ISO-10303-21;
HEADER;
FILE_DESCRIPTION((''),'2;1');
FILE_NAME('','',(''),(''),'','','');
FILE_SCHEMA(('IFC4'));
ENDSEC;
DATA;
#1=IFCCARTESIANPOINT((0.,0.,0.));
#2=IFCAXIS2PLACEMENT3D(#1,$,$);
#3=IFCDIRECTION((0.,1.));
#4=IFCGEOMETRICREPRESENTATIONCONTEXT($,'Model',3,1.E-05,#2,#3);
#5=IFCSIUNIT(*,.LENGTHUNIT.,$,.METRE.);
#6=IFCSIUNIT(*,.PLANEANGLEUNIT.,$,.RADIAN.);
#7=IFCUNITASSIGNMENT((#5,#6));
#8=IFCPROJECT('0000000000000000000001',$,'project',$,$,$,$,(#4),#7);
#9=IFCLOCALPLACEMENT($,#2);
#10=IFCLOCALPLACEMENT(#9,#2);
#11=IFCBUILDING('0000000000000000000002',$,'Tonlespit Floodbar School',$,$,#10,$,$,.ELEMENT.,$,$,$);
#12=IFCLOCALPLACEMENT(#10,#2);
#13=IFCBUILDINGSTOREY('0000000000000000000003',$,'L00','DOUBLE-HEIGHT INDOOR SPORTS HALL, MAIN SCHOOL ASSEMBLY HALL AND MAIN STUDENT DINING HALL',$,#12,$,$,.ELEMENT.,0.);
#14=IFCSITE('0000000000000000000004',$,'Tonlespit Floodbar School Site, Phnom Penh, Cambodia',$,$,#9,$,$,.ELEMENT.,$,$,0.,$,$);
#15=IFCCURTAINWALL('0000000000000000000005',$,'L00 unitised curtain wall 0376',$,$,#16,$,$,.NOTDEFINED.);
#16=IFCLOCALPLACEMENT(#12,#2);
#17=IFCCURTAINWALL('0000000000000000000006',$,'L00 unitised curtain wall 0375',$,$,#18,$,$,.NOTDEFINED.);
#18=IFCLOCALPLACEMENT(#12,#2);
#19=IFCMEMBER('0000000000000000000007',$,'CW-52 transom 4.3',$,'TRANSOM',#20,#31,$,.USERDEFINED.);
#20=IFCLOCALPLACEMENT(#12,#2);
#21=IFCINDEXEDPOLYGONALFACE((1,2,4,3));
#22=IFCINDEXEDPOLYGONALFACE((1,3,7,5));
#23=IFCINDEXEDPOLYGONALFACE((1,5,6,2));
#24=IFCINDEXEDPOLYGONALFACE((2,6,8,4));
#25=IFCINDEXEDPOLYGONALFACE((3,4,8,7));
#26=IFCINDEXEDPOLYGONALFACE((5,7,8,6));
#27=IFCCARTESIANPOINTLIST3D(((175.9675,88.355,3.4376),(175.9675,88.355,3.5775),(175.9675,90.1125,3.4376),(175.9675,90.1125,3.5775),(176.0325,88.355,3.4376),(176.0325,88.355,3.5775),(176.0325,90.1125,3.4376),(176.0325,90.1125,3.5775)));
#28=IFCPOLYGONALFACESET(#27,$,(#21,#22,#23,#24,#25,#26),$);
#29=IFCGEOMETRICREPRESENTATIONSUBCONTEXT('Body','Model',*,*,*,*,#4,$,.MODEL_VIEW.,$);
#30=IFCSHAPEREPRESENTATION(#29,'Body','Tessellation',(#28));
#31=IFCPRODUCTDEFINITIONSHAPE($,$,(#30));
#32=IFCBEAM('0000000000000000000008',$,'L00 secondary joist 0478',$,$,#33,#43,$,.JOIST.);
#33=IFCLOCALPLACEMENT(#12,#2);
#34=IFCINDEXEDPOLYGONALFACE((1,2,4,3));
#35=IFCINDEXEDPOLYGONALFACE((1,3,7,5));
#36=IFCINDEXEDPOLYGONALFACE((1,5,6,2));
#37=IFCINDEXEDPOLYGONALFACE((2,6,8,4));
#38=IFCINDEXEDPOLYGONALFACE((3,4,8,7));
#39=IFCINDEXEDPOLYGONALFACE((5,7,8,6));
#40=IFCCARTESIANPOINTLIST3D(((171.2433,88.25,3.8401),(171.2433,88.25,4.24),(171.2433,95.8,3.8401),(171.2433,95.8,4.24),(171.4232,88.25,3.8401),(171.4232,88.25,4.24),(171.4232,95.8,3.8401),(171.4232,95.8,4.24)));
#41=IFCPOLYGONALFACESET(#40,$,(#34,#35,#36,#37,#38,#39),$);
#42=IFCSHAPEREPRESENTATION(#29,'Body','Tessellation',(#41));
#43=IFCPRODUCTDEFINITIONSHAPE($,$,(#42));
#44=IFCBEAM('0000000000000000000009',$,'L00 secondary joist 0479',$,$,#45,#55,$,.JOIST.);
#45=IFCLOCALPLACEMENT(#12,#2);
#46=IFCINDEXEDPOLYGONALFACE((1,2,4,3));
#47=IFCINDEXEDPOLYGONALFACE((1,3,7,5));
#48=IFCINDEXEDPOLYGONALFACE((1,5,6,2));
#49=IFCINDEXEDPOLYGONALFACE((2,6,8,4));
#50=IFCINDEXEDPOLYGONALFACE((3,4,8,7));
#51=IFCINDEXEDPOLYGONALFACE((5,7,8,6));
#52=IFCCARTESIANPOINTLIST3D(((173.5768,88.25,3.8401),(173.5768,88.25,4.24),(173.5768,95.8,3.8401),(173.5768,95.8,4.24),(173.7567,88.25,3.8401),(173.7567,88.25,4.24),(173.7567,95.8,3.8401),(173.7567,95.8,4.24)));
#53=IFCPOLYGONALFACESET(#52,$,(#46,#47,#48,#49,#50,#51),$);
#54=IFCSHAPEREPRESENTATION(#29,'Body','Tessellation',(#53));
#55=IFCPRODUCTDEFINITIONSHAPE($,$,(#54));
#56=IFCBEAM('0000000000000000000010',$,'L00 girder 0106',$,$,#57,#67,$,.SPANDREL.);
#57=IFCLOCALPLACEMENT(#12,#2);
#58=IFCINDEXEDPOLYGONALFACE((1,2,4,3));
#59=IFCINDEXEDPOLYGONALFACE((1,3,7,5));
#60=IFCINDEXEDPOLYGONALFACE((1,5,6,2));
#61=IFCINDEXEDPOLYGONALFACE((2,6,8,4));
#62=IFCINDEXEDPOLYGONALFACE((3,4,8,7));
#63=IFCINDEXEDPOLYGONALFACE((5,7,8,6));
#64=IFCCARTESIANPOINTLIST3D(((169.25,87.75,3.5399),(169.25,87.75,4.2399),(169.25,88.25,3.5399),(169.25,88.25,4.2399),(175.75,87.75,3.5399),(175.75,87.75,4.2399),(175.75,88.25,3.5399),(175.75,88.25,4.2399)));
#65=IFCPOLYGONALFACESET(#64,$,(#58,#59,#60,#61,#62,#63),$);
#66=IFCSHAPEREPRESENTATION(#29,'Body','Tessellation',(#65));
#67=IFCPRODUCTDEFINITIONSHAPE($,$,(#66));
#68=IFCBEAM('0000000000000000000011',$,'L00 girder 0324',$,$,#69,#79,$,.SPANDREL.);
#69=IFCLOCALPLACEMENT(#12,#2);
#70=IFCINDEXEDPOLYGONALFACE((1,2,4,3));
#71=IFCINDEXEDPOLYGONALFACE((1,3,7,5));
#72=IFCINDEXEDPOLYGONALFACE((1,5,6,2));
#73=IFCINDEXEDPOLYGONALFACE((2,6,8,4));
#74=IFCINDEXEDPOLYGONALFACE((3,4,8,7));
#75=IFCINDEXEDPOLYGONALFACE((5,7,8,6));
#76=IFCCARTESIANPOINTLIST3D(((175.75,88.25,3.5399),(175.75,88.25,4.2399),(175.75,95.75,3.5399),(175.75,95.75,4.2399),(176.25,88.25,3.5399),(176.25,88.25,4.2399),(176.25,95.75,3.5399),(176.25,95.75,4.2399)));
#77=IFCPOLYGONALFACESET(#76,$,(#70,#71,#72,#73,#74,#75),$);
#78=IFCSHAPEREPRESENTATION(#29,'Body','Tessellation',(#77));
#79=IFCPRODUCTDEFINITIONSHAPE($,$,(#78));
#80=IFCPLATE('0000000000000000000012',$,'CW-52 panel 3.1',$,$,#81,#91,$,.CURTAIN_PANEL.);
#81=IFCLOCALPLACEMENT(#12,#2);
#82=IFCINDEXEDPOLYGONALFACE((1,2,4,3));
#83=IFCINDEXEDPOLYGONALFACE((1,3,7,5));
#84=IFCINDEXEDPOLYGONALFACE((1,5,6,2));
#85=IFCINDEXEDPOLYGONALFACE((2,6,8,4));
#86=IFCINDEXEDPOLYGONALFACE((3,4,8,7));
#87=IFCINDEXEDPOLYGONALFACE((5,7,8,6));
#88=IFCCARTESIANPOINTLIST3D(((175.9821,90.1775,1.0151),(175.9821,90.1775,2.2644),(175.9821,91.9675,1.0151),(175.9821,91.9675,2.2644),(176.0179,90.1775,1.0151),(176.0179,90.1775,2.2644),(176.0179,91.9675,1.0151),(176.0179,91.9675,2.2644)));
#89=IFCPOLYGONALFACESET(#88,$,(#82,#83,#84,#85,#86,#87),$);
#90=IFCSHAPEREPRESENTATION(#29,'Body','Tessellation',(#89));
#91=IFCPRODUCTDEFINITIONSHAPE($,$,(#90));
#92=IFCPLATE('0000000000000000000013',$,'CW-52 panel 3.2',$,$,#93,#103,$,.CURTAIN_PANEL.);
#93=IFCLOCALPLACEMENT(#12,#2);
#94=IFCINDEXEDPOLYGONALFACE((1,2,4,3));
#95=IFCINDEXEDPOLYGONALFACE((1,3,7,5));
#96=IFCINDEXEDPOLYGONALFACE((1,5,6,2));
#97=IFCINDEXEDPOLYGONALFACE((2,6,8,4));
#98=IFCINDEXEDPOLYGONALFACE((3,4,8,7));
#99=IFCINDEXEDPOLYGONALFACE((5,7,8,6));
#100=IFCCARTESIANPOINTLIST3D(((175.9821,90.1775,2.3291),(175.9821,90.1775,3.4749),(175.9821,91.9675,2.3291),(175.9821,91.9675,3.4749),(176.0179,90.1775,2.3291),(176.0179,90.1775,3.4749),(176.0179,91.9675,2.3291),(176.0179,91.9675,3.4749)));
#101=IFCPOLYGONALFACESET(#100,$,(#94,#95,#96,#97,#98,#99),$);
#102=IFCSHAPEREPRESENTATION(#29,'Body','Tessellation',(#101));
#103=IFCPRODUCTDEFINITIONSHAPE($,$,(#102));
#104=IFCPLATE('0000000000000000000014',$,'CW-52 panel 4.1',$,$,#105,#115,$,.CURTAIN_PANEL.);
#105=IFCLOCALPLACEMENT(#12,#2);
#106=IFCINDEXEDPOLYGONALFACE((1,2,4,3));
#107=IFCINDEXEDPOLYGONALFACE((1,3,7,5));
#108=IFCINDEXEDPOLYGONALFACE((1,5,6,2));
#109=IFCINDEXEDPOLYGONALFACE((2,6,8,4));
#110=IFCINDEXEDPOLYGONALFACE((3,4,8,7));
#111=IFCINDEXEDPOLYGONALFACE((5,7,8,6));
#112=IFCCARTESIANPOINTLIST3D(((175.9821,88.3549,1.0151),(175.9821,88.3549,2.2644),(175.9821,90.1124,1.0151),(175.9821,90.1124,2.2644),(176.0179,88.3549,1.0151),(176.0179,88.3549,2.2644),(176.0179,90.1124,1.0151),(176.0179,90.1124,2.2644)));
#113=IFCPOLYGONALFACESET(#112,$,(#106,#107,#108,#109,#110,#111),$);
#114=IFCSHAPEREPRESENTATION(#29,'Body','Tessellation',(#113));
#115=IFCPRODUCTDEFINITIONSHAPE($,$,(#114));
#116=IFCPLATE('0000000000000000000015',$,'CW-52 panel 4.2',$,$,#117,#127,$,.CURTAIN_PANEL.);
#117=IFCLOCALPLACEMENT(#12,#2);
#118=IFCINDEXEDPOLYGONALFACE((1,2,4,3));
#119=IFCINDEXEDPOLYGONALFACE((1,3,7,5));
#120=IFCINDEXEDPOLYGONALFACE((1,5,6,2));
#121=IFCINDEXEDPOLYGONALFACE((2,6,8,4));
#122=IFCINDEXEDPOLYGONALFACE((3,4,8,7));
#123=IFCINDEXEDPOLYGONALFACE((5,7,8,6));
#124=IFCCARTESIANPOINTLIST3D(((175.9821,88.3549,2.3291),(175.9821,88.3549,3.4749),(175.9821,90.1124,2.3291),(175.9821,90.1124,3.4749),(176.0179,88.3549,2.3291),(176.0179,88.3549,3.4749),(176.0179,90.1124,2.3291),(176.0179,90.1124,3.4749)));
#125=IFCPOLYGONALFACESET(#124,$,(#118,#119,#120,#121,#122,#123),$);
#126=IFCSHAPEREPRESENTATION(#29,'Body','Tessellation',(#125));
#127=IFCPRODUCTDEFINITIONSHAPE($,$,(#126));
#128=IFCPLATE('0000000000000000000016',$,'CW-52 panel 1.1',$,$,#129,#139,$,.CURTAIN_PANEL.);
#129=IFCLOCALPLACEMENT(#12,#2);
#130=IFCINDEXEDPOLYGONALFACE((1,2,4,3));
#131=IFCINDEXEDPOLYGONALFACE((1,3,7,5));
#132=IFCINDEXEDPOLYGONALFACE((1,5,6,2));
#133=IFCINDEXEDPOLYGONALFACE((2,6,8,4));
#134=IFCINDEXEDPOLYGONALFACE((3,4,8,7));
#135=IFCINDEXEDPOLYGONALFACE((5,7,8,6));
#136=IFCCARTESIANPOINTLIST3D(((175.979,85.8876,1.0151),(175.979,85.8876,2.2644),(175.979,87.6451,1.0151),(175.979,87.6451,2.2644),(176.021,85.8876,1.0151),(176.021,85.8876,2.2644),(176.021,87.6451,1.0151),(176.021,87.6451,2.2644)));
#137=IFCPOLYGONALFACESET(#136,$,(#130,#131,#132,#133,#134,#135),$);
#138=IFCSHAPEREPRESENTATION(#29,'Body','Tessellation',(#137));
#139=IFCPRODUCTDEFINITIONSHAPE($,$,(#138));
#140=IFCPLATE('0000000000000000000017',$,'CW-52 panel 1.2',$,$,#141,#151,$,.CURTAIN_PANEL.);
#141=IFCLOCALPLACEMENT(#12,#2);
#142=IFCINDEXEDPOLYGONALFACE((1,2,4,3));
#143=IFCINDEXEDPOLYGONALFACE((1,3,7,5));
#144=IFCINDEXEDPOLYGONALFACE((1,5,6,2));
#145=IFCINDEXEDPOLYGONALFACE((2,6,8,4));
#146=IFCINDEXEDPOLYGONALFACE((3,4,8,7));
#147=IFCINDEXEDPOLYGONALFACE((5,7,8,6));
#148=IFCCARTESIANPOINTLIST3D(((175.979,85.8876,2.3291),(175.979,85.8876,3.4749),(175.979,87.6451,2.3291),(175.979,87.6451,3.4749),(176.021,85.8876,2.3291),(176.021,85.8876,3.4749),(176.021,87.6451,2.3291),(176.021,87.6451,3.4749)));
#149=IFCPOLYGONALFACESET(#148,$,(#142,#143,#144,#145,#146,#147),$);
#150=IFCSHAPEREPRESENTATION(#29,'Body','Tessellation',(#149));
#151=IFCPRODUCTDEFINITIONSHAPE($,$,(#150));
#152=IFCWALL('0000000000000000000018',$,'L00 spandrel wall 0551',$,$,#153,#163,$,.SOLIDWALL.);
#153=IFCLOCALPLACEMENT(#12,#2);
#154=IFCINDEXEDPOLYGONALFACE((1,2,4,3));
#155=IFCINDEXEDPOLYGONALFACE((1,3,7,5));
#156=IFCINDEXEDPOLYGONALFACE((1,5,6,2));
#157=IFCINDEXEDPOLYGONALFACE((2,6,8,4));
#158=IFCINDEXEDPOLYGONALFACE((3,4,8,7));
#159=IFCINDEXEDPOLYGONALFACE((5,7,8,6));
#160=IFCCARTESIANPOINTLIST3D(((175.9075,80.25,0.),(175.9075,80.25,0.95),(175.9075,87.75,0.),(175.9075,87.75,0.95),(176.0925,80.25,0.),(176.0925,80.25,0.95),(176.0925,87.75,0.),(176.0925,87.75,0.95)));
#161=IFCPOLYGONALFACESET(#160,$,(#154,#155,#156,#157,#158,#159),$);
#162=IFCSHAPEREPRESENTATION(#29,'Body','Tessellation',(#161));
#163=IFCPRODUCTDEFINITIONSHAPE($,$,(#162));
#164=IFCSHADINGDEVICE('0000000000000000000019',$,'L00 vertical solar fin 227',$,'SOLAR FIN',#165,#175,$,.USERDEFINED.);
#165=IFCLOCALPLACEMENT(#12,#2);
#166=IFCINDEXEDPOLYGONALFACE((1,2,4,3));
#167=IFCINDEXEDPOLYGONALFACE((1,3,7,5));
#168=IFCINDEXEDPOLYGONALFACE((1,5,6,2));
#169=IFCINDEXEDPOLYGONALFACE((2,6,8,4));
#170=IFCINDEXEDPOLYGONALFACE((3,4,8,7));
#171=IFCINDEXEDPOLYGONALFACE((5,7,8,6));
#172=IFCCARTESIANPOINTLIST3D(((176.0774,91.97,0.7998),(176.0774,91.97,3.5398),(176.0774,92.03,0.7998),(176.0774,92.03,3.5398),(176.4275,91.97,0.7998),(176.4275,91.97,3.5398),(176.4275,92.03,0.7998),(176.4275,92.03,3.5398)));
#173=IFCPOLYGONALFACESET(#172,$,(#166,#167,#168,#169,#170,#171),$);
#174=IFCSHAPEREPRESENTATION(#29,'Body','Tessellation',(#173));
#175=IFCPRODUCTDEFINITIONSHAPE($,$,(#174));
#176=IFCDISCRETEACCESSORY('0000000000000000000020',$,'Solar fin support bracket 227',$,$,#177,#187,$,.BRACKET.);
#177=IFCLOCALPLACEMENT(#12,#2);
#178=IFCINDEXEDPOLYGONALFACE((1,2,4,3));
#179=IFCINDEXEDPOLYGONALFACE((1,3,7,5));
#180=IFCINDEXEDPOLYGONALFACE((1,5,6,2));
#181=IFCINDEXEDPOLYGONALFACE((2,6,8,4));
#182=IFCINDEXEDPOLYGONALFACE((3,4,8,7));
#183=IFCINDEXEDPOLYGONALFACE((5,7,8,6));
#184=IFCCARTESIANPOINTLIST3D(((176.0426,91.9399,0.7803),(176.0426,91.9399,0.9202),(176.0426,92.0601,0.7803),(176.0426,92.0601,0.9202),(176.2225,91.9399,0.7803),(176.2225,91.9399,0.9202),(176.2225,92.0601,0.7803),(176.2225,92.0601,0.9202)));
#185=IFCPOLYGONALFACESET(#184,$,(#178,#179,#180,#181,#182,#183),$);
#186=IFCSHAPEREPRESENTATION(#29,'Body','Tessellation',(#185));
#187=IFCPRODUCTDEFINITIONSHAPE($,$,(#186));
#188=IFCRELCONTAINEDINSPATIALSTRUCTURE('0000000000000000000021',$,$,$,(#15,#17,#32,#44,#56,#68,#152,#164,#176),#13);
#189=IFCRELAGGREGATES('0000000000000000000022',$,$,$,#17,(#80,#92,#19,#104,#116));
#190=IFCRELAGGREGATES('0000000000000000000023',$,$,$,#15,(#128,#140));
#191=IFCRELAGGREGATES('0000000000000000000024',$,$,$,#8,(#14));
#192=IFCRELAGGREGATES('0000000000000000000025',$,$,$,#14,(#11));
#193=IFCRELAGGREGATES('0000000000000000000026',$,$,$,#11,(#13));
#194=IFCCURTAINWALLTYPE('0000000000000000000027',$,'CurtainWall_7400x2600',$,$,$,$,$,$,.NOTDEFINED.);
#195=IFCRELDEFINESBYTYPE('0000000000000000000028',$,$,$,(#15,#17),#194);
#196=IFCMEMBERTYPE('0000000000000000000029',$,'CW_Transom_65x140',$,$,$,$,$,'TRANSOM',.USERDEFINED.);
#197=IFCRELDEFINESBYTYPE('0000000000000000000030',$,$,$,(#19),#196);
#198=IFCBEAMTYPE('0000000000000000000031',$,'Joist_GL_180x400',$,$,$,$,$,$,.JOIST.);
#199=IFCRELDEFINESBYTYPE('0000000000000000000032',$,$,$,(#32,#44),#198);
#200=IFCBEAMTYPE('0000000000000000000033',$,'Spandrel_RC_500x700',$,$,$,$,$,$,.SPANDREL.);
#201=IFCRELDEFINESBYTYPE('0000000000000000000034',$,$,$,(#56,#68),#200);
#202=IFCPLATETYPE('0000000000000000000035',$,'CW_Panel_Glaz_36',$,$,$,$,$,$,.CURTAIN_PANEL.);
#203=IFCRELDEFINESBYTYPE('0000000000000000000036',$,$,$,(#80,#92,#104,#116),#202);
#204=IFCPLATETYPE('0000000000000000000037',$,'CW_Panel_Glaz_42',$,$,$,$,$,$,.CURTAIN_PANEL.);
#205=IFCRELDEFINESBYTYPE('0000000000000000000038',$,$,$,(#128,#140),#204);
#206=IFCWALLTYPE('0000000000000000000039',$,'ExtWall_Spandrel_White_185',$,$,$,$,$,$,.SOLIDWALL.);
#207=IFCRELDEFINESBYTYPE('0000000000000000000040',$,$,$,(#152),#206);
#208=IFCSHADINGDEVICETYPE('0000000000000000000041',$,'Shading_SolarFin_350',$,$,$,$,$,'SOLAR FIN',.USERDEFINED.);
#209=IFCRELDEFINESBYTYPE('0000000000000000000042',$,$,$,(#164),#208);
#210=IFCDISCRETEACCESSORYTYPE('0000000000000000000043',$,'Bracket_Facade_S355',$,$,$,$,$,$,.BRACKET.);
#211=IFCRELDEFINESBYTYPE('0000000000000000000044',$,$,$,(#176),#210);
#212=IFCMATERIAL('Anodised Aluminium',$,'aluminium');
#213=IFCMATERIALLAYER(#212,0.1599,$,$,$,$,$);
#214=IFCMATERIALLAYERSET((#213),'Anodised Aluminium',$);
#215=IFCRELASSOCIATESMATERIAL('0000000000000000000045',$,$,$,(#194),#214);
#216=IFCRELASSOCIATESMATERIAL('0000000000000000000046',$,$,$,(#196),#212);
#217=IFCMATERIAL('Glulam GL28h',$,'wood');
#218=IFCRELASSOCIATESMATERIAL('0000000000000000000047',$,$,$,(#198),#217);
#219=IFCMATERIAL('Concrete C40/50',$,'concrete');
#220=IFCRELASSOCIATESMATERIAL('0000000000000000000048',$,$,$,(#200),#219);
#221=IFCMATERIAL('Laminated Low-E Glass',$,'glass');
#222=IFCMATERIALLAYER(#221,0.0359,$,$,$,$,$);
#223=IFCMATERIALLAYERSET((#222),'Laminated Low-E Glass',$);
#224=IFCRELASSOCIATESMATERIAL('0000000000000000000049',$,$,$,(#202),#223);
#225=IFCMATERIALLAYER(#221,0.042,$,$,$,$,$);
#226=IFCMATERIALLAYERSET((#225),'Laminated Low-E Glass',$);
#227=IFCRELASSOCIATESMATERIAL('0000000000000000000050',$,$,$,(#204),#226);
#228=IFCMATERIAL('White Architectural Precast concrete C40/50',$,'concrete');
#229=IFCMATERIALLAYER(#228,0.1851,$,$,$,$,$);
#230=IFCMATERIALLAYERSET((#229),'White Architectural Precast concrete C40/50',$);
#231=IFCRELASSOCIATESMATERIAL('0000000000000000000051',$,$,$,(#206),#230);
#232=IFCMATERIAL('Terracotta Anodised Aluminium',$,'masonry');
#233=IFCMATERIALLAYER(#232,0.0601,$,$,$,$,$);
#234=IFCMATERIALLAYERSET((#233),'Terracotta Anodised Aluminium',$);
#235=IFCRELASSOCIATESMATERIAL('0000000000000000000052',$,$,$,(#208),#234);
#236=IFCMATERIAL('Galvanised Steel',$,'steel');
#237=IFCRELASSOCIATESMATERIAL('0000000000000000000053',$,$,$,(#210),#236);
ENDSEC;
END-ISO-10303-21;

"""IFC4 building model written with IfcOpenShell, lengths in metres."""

from ifc_helpers import new_model, si_unit, direction, frame, frame_2d, origin, origin_2d, place, context, subcontext, project, spatial, rectangle, extrude, material, layer, layer_set, material_profile, profile_set, type_object, element, aggregate, save


model = new_model("IFC4")

# Units and contexts
model_context = context("Model", 3, precision=1e-05, world=origin(), true_north=direction((0.0, 1.0)))
body_context = subcontext(model_context, "Body", "Model", "MODEL_VIEW")
ifc_project = project(units=[si_unit("LENGTHUNIT", "METRE"), si_unit("PLANEANGLEUNIT", "RADIAN")], contexts=[model_context])

# Site, building, storey
site_placement = place(None, origin())
site = spatial("IfcSite", under=ifc_project, at=site_placement, Name="Tonlespit Floodbar School Site, Phnom Penh, Cambodia", CompositionType="ELEMENT", RefElevation=0.0)
building_placement = place(site_placement, origin())
building = spatial("IfcBuilding", under=site, at=building_placement, Name="Tonlespit Floodbar School", CompositionType="ELEMENT")
storey_placement = place(building_placement, origin())
storey = spatial("IfcBuildingStorey", under=building, at=storey_placement, Name="L00", Description="DOUBLE-HEIGHT INDOOR SPORTS HALL, MAIN SCHOOL ASSEMBLY HALL AND MAIN STUDENT DINING HALL", CompositionType="ELEMENT", Elevation=0.0)

# Shared definitions
ifc_material_1 = material(Name="Concrete C40/50", Category="concrete")

# Curtain walls
ifc_material_2 = material(Name="Anodised Aluminium", Category="aluminium")
ifc_layer_1 = layer(ifc_material_2, 0.1599)
ifc_layer_set_1 = layer_set([ifc_layer_1], Name="Anodised Aluminium")
curtain_wall_type = type_object("IfcCurtainWallType", Name="CurtainWall_7400x2600", PredefinedType="NOTDEFINED", material=ifc_layer_set_1)
curtain_wall_1_placement = place(storey_placement, origin())
curtain_wall_1 = element("IfcCurtainWall", 1, at=curtain_wall_1_placement, inside=storey, type_object=curtain_wall_type, Name="L00 unitised curtain wall 0376", PredefinedType="NOTDEFINED")
curtain_wall_2_placement = place(storey_placement, origin())
curtain_wall_2 = element("IfcCurtainWall", 2, at=curtain_wall_2_placement, inside=storey, type_object=curtain_wall_type, Name="L00 unitised curtain wall 0375", PredefinedType="NOTDEFINED")

# Member
ifc_material_profile_1 = material_profile(ifc_material_2, rectangle(XDim=0.0649, YDim=0.1399, at=origin_2d()), Name="ALU T65x140")
ifc_profile_set_1 = profile_set([ifc_material_profile_1], Name="Anodised Aluminium")
member_type_1 = type_object("IfcMemberType", Name="CW_Transom_65x140", ElementType="TRANSOM", PredefinedType="USERDEFINED", material=ifc_profile_set_1)
member_1_placement = place(storey_placement, frame((176.0, 90.1125, 3.5076), z_axis=(0.0, -1.0, 0.0), x_axis=(1.0, 0.0, 0.0)))
member_1 = element("IfcMember", 3, at=member_1_placement, type_object=member_type_1, Name="CW-52 transom 4.3", ObjectType="TRANSOM", PredefinedType="USERDEFINED", context=body_context, shape_type="SweptSolid", body=[
    extrude(rectangle(XDim=0.0649, YDim=0.1399, at=origin_2d()), origin(), (0.0, 0.0, 1.0), 1.7576),
])

# Beams
ifc_material_3 = material(Name="Glulam GL28h", Category="wood")
ifc_material_profile_2 = material_profile(ifc_material_3, rectangle(XDim=0.1799, YDim=0.3999, at=origin_2d()), Name="GL 180x400")
ifc_profile_set_2 = profile_set([ifc_material_profile_2], Name="Glulam GL28h")
beam_type_1 = type_object("IfcBeamType", Name="Joist_GL_180x400", PredefinedType="JOIST", material=ifc_profile_set_2)
for number, where, z_axis, x_axis, name in (
    (4, (171.3333, 88.25, 4.04), (0.0, 1.0, 0.0), (-1.0, 0.0, 0.0), "L00 secondary joist 0478"),
    (5, (173.6667, 88.25, 4.04), (0.0, 1.0, 0.0), (-1.0, 0.0, 0.0), "L00 secondary joist 0479"),
):
    element("IfcBeam", number, at=place(storey_placement, frame(where, z_axis=z_axis, x_axis=x_axis)), inside=storey, type_object=beam_type_1, Name=name, PredefinedType="JOIST", context=body_context, shape_type="SweptSolid", body=[
        extrude(rectangle(XDim=0.1799, YDim=0.3999, at=origin_2d()), origin(), (0.0, 0.0, 1.0), 7.55),
    ])
ifc_material_profile_3 = material_profile(ifc_material_1, rectangle(XDim=0.5, YDim=0.7, at=origin_2d()), Name="RC 500x700")
ifc_profile_set_3 = profile_set([ifc_material_profile_3], Name="Concrete C40/50")
beam_type_2 = type_object("IfcBeamType", Name="Spandrel_RC_500x700", PredefinedType="SPANDREL", material=ifc_profile_set_3)
beam_1_placement = place(storey_placement, frame((169.25, 88.0, 3.8899), z_axis=(1.0, 0.0, 0.0), x_axis=(0.0, 1.0, 0.0)))
element("IfcBeam", 6, at=beam_1_placement, inside=storey, type_object=beam_type_2, Name="L00 girder 0106", PredefinedType="SPANDREL", context=body_context, shape_type="SweptSolid", body=[
    extrude(rectangle(XDim=0.5, YDim=0.7, at=origin_2d()), origin(), (0.0, 0.0, 1.0), 6.5),
])
beam_2_placement = place(storey_placement, frame((176.0, 88.25, 3.8899), z_axis=(0.0, 1.0, 0.0), x_axis=(-1.0, 0.0, 0.0)))
element("IfcBeam", 7, at=beam_2_placement, inside=storey, type_object=beam_type_2, Name="L00 girder 0324", PredefinedType="SPANDREL", context=body_context, shape_type="SweptSolid", body=[
    extrude(rectangle(XDim=0.5, YDim=0.7, at=origin_2d()), origin(), (0.0, 0.0, 1.0), 7.5),
])

# Plates
ifc_material_4 = material(Name="Laminated Low-E Glass", Category="glass")
ifc_layer_2 = layer(ifc_material_4, 0.0359)
ifc_layer_set_2 = layer_set([ifc_layer_2], Name="Laminated Low-E Glass")
plate_type_1 = type_object("IfcPlateType", Name="CW_Panel_Glaz_36", PredefinedType="CURTAIN_PANEL", material=ifc_layer_set_2)
plate_1_placement = place(storey_placement, frame((176.0, 91.0725, 1.0151), z_axis=(0.0, 0.0, 1.0), x_axis=(0.0, -1.0, 0.0)))
plate_1 = element("IfcPlate", 8, at=plate_1_placement, type_object=plate_type_1, Name="CW-52 panel 3.1", PredefinedType="CURTAIN_PANEL", context=body_context, shape_type="SweptSolid", body=[
    extrude(rectangle(XDim=1.79, YDim=0.0359, at=origin_2d()), origin(), (0.0, 0.0, 1.0), 1.2493),
])
plate_2_placement = place(storey_placement, frame((176.0, 91.0725, 2.3291), z_axis=(0.0, 0.0, 1.0), x_axis=(0.0, -1.0, 0.0)))
plate_2 = element("IfcPlate", 9, at=plate_2_placement, type_object=plate_type_1, Name="CW-52 panel 3.2", PredefinedType="CURTAIN_PANEL", context=body_context, shape_type="SweptSolid", body=[
    extrude(rectangle(XDim=1.79, YDim=0.0359, at=origin_2d()), origin(), (0.0, 0.0, 1.0), 1.1458),
])
plate_3_placement = place(storey_placement, frame((176.0, 89.2336, 1.0151), z_axis=(0.0, 0.0, 1.0), x_axis=(0.0, -1.0, 0.0)))
plate_3 = element("IfcPlate", 10, at=plate_3_placement, type_object=plate_type_1, Name="CW-52 panel 4.1", PredefinedType="CURTAIN_PANEL", context=body_context, shape_type="SweptSolid", body=[
    extrude(rectangle(XDim=1.7576, YDim=0.0359, at=origin_2d()), origin(), (0.0, 0.0, 1.0), 1.2493),
])
plate_4_placement = place(storey_placement, frame((176.0, 89.2336, 2.3291), z_axis=(0.0, 0.0, 1.0), x_axis=(0.0, -1.0, 0.0)))
plate_4 = element("IfcPlate", 11, at=plate_4_placement, type_object=plate_type_1, Name="CW-52 panel 4.2", PredefinedType="CURTAIN_PANEL", context=body_context, shape_type="SweptSolid", body=[
    extrude(rectangle(XDim=1.7576, YDim=0.0359, at=origin_2d()), origin(), (0.0, 0.0, 1.0), 1.1458),
])
aggregate(curtain_wall_2, [plate_1, plate_2, member_1, plate_3, plate_4])
ifc_layer_3 = layer(ifc_material_4, 0.042)
ifc_layer_set_3 = layer_set([ifc_layer_3], Name="Laminated Low-E Glass")
plate_type_2 = type_object("IfcPlateType", Name="CW_Panel_Glaz_42", PredefinedType="CURTAIN_PANEL", material=ifc_layer_set_3)
plate_5_placement = place(storey_placement, frame((176.0, 86.7664, 1.0151), z_axis=(0.0, 0.0, 1.0), x_axis=(0.0, -1.0, 0.0)))
plate_5 = element("IfcPlate", 12, at=plate_5_placement, type_object=plate_type_2, Name="CW-52 panel 1.1", PredefinedType="CURTAIN_PANEL", context=body_context, shape_type="SweptSolid", body=[
    extrude(rectangle(XDim=1.7576, YDim=0.042, at=origin_2d()), origin(), (0.0, 0.0, 1.0), 1.2493),
])
plate_6_placement = place(storey_placement, frame((176.0, 86.7664, 2.3291), z_axis=(0.0, 0.0, 1.0), x_axis=(0.0, -1.0, 0.0)))
plate_6 = element("IfcPlate", 13, at=plate_6_placement, type_object=plate_type_2, Name="CW-52 panel 1.2", PredefinedType="CURTAIN_PANEL", context=body_context, shape_type="SweptSolid", body=[
    extrude(rectangle(XDim=1.7576, YDim=0.042, at=origin_2d()), origin(), (0.0, 0.0, 1.0), 1.1458),
])
aggregate(curtain_wall_1, [plate_5, plate_6])

# Wall
ifc_material_5 = material(Name="White Architectural Precast concrete C40/50", Category="concrete")
ifc_layer_4 = layer(ifc_material_5, 0.1851)
ifc_layer_set_4 = layer_set([ifc_layer_4], Name="White Architectural Precast concrete C40/50")
wall_type = type_object("IfcWallType", Name="ExtWall_Spandrel_White_185", PredefinedType="SOLIDWALL", material=ifc_layer_set_4)
wall_placement = place(storey_placement, frame((176.0, 87.75, 0.0), z_axis=(0.0, 0.0, 1.0), x_axis=(0.0, -1.0, 0.0)))
element("IfcWall", 14, at=wall_placement, inside=storey, type_object=wall_type, Name="L00 spandrel wall 0551", PredefinedType="SOLIDWALL", context=body_context, shape_type="SweptSolid", body=[
    extrude(rectangle(XDim=7.5, YDim=0.1851, at=frame_2d((3.75, 0.0))), origin(), (0.0, 0.0, 1.0), 0.95),
])

# Shading device
ifc_material_6 = material(Name="Terracotta Anodised Aluminium", Category="masonry")
ifc_layer_5 = layer(ifc_material_6, 0.0601)
ifc_layer_set_5 = layer_set([ifc_layer_5], Name="Terracotta Anodised Aluminium")
shading_device_type = type_object("IfcShadingDeviceType", Name="Shading_SolarFin_350", ElementType="SOLAR FIN", PredefinedType="USERDEFINED", material=ifc_layer_set_5)
shading_device_placement = place(storey_placement, frame((176.2524, 92.0, 0.7998), z_axis=(0.0, 0.0, 1.0), x_axis=(0.0, -1.0, 0.0)))
element("IfcShadingDevice", 15, at=shading_device_placement, inside=storey, type_object=shading_device_type, Name="L00 vertical solar fin 227", ObjectType="SOLAR FIN", PredefinedType="USERDEFINED", context=body_context, shape_type="SweptSolid", body=[
    extrude(rectangle(XDim=0.0601, YDim=0.3501, at=origin_2d()), origin(), (0.0, 0.0, 1.0), 2.74),
])

# Discrete accessory
ifc_material_7 = material(Name="Galvanised Steel", Category="steel")
discrete_accessory_type = type_object("IfcDiscreteAccessoryType", Name="Bracket_Facade_S355", PredefinedType="BRACKET", material=ifc_material_7)
discrete_accessory_placement = place(storey_placement, frame((176.1326, 92.0, 0.7803), z_axis=(0.0, 0.0, 1.0), x_axis=(0.0, -1.0, 0.0)))
element("IfcDiscreteAccessory", 16, at=discrete_accessory_placement, inside=storey, type_object=discrete_accessory_type, Name="Solar fin support bracket 227", PredefinedType="BRACKET", context=body_context, shape_type="SweptSolid", body=[
    extrude(rectangle(XDim=0.1201, YDim=0.1799, at=origin_2d()), origin(), (0.0, 0.0, 1.0), 0.1399),
])

save(model, "model.ifc")
